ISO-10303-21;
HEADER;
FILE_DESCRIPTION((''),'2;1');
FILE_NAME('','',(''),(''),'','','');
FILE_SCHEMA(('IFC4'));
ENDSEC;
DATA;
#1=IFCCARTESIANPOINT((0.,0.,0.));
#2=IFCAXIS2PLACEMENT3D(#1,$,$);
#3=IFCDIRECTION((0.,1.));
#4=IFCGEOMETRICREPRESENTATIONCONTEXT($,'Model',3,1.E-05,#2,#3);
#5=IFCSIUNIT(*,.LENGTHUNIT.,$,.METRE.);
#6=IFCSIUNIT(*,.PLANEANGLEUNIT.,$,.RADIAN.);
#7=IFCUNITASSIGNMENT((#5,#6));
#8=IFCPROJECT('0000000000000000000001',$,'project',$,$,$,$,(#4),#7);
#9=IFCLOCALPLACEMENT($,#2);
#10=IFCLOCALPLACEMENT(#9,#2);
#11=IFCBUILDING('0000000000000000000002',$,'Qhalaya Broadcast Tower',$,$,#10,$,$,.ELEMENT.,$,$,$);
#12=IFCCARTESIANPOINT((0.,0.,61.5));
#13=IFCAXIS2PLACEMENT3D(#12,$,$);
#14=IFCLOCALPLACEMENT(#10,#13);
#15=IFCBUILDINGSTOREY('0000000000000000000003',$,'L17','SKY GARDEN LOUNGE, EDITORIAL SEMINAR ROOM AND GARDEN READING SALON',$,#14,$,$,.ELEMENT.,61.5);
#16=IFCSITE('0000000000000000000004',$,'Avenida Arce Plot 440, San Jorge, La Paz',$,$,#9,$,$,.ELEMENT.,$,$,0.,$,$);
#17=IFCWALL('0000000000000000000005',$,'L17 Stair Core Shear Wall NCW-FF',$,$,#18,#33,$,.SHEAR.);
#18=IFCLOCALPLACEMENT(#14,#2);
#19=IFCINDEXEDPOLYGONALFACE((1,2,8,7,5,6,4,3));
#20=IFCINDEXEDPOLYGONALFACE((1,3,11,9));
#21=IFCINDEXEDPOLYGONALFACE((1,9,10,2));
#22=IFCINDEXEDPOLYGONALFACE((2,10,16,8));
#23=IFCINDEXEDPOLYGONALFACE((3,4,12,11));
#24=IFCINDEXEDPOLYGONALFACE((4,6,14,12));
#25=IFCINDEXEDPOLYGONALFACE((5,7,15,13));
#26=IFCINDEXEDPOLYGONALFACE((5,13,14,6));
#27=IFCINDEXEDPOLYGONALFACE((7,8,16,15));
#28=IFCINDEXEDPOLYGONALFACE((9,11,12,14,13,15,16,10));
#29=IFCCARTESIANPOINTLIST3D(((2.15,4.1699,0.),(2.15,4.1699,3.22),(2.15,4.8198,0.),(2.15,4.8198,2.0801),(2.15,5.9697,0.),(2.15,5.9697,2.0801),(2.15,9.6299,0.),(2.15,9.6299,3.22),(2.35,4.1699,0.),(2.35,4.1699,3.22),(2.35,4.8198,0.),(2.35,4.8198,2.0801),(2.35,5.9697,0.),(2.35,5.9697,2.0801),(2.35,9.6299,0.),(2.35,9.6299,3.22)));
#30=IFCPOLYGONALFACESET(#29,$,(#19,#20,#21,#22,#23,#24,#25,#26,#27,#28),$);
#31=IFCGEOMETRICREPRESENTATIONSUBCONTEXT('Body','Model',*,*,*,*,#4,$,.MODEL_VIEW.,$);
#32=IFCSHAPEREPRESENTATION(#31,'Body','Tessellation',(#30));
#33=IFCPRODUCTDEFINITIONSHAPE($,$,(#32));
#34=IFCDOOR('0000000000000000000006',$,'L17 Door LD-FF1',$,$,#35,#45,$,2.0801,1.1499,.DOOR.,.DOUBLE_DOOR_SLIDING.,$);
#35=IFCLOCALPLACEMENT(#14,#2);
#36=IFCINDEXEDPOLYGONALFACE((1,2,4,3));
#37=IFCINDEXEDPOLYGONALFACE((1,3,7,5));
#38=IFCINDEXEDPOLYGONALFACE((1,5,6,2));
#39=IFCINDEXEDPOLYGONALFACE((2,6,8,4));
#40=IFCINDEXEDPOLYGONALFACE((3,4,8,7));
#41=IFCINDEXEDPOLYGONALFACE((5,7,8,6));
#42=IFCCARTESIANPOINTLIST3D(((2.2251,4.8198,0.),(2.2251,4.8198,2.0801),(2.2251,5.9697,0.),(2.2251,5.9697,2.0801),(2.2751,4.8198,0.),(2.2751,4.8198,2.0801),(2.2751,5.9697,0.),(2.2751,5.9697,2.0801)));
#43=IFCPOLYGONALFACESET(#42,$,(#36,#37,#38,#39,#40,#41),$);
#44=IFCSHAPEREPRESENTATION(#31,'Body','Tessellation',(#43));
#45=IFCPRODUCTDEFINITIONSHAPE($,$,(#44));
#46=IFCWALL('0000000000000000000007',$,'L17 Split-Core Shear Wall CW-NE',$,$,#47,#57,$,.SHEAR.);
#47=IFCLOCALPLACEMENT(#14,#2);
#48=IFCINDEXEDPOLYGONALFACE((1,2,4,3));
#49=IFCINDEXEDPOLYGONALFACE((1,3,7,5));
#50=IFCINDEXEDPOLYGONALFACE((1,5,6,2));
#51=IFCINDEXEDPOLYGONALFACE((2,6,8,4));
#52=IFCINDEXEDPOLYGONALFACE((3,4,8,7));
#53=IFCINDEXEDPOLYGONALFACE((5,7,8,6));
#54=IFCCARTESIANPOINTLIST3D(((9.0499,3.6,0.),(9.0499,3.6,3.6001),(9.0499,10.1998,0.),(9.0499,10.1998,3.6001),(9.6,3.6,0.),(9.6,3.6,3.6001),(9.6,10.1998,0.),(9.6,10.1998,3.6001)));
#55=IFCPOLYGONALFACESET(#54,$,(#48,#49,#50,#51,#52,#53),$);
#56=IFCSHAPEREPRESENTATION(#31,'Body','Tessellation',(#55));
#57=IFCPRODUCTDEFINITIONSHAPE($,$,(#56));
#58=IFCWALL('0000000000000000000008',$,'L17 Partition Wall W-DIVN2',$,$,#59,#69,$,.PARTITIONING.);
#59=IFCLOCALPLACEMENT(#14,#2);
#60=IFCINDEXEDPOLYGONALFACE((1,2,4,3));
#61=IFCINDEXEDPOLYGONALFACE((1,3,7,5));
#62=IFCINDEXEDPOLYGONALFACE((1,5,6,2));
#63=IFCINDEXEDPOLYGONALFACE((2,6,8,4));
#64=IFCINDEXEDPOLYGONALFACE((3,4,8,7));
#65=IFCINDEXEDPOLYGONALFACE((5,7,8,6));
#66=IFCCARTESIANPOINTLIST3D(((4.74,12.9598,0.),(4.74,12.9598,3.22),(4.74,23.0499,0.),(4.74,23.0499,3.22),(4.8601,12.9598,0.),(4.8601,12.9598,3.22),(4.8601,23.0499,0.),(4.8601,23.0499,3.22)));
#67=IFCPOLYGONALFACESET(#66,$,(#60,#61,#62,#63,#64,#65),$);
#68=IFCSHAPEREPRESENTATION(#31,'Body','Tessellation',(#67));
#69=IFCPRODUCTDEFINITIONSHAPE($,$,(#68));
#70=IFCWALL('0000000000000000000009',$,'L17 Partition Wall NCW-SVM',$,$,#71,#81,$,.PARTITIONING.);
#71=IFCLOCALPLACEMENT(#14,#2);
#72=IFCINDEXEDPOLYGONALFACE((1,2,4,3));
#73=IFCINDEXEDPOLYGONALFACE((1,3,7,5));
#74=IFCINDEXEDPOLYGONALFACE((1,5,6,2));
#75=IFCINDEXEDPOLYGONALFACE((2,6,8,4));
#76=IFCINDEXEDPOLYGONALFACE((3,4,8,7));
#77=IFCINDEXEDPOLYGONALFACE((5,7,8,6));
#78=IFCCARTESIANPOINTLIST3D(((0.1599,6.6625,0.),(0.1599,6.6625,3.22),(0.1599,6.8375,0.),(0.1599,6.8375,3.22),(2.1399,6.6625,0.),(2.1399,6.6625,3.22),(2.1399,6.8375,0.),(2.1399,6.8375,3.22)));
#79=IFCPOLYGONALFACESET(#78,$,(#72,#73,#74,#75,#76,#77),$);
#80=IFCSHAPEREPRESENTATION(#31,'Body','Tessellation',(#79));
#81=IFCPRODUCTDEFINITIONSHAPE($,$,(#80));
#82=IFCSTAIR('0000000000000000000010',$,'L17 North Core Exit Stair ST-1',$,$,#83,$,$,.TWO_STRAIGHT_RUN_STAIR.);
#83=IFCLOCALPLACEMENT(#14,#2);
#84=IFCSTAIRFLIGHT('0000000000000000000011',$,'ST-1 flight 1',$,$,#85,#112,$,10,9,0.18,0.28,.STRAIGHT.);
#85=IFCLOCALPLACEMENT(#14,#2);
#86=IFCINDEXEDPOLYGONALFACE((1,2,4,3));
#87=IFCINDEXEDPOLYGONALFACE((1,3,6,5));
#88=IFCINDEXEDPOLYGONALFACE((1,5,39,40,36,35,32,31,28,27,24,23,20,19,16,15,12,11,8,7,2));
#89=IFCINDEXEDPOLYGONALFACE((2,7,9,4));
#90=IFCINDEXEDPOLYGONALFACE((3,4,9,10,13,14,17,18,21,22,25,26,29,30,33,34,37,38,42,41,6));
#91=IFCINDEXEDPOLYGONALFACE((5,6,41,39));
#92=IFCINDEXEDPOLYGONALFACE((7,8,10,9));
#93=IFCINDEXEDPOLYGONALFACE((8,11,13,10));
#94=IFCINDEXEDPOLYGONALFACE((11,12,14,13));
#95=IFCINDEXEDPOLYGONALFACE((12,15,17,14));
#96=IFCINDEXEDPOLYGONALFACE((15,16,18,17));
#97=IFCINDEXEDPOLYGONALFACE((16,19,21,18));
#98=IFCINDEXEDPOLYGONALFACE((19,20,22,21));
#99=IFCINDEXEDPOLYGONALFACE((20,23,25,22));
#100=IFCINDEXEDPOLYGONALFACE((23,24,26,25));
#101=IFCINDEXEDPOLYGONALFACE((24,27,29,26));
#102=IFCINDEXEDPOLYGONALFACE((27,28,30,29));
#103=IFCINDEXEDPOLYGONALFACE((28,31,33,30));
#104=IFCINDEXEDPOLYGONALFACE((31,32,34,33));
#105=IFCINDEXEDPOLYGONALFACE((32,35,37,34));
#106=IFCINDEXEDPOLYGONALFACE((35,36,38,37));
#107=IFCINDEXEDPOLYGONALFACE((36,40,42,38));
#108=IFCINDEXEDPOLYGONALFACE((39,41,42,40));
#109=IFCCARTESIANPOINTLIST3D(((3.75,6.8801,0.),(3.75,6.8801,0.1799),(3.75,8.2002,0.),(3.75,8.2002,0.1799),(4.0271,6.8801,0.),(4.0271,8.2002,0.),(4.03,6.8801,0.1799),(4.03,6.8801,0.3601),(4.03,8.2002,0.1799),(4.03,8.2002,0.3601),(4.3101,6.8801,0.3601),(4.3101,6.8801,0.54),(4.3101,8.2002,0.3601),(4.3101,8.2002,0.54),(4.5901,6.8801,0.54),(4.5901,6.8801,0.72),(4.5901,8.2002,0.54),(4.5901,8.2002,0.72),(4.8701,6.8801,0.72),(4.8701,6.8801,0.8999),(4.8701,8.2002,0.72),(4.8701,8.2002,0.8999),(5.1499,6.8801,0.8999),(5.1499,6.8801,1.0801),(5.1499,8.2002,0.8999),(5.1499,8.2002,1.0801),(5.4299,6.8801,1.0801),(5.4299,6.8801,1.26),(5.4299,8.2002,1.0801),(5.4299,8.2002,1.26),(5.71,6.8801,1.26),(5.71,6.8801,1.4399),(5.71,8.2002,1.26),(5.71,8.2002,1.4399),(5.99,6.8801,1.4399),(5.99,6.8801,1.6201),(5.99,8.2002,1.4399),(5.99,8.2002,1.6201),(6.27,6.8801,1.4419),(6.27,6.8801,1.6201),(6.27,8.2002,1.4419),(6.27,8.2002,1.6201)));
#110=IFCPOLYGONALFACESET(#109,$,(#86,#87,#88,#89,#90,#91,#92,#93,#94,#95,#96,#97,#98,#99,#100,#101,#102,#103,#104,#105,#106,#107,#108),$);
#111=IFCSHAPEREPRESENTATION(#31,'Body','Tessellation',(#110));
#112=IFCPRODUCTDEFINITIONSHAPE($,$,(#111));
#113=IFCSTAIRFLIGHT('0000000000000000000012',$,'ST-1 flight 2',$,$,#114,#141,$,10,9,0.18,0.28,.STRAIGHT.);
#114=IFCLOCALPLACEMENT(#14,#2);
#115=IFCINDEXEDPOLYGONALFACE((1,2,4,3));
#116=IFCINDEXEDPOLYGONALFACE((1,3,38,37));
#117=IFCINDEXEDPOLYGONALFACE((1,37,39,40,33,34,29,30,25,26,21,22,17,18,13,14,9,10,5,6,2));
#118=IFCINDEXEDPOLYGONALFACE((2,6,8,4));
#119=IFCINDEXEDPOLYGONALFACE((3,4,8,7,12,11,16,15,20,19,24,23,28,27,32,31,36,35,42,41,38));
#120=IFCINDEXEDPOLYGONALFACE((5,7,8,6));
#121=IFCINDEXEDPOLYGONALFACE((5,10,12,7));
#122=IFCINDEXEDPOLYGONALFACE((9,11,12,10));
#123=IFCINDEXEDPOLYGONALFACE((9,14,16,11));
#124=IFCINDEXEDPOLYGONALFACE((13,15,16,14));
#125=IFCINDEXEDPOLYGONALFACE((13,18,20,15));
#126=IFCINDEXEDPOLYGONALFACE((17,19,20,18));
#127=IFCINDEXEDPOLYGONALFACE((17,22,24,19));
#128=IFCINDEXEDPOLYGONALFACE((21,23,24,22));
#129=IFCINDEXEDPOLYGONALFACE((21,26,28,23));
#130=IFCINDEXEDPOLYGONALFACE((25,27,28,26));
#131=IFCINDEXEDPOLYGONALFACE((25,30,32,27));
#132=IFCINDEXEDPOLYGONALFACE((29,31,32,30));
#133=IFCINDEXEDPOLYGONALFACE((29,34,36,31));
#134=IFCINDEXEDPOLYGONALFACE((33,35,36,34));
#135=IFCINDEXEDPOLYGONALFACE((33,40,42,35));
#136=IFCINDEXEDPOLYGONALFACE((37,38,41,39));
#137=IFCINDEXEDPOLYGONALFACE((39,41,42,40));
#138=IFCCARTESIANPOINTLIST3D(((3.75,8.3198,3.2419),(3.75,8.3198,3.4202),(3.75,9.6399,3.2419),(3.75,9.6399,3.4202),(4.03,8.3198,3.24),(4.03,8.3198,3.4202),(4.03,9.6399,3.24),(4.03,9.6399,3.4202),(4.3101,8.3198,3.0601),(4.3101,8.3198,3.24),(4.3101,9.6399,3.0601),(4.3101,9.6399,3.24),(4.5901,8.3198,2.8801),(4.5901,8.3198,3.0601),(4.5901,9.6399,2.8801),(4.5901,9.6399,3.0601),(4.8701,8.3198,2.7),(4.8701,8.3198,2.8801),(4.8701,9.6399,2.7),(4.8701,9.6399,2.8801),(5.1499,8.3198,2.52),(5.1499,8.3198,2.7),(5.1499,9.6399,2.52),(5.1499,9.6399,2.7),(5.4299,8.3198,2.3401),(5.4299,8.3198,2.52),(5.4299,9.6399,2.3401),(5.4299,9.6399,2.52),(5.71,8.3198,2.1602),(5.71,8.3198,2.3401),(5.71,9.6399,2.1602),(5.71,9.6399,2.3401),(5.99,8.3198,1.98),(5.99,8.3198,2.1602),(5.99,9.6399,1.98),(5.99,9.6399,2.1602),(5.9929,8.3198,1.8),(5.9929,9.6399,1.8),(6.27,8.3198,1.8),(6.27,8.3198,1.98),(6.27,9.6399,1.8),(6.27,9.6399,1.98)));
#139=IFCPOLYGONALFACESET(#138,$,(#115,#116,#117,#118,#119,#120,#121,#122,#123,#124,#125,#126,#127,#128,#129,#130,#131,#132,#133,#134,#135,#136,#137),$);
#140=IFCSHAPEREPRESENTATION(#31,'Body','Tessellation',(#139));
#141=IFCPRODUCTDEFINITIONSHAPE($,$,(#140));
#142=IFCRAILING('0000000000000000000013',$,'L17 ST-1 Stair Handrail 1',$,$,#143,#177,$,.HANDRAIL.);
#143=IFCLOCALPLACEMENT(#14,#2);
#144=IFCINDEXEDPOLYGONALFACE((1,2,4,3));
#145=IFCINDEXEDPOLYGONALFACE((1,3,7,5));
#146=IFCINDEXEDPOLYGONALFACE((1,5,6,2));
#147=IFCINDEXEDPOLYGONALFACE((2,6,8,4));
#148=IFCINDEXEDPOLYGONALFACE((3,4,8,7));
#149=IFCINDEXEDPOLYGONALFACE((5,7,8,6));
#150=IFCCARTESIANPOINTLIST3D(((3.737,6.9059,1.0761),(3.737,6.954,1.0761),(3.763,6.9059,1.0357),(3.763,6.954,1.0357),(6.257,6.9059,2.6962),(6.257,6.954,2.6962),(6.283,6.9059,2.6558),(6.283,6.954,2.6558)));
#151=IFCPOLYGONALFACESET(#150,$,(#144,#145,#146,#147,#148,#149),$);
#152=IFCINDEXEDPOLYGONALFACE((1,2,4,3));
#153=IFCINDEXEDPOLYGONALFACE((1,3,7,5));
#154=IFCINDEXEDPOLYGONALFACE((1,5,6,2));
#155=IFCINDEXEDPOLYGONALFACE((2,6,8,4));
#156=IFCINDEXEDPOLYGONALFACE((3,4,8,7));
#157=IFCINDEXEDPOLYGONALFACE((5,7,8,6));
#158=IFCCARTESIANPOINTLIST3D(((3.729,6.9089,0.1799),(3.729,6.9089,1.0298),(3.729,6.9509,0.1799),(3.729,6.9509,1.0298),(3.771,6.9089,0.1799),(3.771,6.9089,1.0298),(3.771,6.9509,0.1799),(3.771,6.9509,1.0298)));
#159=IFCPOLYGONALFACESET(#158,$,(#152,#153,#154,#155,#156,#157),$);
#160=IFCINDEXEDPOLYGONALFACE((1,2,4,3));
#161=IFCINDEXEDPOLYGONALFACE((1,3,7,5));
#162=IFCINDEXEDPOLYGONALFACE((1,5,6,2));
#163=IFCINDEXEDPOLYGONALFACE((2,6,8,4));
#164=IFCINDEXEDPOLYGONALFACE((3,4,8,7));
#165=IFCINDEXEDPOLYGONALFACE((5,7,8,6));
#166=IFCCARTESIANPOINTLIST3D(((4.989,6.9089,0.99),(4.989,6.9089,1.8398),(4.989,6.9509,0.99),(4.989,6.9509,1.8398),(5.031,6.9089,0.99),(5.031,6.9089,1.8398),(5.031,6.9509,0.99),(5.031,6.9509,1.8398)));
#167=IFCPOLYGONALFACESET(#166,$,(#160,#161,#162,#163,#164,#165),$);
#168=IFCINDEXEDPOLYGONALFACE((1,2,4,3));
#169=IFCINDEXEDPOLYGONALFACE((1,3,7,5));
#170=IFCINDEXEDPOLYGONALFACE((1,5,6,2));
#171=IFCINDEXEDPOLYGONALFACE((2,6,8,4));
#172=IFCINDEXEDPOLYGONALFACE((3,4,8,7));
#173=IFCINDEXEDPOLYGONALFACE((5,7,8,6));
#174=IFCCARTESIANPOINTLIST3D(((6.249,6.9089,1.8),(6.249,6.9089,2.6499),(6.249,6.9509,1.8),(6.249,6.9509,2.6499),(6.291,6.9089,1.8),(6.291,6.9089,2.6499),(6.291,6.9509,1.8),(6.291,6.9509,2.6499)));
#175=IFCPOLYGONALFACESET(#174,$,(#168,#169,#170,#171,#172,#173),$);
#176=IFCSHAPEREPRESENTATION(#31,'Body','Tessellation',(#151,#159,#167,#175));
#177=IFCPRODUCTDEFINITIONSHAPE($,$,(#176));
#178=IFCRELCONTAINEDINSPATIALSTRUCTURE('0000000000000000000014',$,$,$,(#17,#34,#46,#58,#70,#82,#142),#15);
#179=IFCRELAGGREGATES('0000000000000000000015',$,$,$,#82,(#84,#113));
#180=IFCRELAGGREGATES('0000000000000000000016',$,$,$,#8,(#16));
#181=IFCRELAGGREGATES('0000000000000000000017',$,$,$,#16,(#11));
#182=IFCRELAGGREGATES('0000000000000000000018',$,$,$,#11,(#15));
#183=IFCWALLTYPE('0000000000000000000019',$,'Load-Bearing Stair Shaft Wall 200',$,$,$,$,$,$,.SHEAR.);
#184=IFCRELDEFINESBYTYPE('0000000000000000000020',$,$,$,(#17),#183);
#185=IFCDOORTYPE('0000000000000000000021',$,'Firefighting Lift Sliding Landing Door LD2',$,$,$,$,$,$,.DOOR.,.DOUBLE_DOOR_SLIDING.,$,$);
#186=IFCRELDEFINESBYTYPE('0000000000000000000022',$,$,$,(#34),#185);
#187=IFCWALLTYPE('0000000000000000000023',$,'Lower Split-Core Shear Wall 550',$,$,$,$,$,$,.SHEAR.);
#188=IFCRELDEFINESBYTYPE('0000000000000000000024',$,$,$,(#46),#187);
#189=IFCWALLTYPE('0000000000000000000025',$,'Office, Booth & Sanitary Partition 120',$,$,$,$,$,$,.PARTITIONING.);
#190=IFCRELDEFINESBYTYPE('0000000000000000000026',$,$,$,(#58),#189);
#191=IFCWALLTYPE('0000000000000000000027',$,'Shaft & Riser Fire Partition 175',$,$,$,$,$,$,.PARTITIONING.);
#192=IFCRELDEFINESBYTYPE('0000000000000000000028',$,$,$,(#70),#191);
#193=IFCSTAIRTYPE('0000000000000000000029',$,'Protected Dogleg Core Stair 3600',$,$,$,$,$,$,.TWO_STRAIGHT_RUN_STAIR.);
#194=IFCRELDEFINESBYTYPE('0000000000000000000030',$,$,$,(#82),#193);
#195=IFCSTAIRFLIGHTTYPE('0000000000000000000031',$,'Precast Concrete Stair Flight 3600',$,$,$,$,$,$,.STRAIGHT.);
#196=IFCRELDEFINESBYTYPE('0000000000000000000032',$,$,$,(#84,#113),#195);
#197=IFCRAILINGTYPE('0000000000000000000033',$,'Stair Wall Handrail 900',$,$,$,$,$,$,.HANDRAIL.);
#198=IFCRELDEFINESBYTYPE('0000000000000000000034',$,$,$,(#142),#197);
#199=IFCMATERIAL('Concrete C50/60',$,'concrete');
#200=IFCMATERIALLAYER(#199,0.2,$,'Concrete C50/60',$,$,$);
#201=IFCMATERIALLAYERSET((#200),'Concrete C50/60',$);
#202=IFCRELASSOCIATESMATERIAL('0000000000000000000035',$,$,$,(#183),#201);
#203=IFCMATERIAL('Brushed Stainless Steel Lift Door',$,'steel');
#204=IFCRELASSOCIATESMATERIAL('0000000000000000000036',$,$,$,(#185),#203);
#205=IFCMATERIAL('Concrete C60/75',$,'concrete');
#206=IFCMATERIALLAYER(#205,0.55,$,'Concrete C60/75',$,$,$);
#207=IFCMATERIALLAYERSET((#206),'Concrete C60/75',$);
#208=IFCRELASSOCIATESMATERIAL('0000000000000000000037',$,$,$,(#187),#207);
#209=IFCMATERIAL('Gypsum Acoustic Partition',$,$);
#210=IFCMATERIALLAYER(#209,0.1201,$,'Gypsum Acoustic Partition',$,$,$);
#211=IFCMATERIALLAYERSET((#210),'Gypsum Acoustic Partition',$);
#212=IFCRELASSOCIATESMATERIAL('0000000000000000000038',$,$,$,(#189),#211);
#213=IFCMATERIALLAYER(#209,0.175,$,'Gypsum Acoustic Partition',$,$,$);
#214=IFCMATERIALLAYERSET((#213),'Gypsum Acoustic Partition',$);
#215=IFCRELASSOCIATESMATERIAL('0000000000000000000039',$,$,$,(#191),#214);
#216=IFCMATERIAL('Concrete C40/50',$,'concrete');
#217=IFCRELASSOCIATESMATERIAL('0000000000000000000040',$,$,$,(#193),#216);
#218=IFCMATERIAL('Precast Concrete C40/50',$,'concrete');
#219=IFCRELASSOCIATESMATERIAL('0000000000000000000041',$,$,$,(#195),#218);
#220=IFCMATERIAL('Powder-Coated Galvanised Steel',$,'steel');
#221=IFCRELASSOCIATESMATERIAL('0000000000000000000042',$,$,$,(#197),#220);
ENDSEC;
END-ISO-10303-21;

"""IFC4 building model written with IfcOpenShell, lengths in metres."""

from ifc_helpers import new_model, si_unit, direction, frame, frame_2d, origin, origin_2d, place, context, subcontext, project, spatial, polyline, rectangle, outline, extrude, material, layer, layer_set, type_object, element, fill, aggregate, save


model = new_model("IFC4")

# Units and contexts
model_context = context("Model", 3, precision=1e-05, world=origin(), true_north=direction((0.0, 1.0)))
body_context = subcontext(model_context, "Body", "Model", "MODEL_VIEW")
ifc_project = project(units=[si_unit("LENGTHUNIT", "METRE"), si_unit("PLANEANGLEUNIT", "RADIAN")], contexts=[model_context])

# Site, building, storey
site_placement = place(None, origin())
site = spatial("IfcSite", under=ifc_project, at=site_placement, Name="Avenida Arce Plot 440, San Jorge, La Paz", CompositionType="ELEMENT", RefElevation=0.0)
building_placement = place(site_placement, origin())
building = spatial("IfcBuilding", under=site, at=building_placement, Name="Qhalaya Broadcast Tower", CompositionType="ELEMENT")
storey_placement = place(building_placement, frame((0.0, 0.0, 61.5)))
storey = spatial("IfcBuildingStorey", under=building, at=storey_placement, Name="L17", Description="SKY GARDEN LOUNGE, EDITORIAL SEMINAR ROOM AND GARDEN READING SALON", CompositionType="ELEMENT", Elevation=61.5)

# Shared definitions
ifc_material_1 = material(Name="Concrete C50/60", Category="concrete")

# Wall, opening, door
ifc_material_2 = material(Name="Gypsum Acoustic Partition")
ifc_layer_1 = layer(ifc_material_1, 0.2, Name="Concrete C50/60")
ifc_layer_set_1 = layer_set([ifc_layer_1], Name="Concrete C50/60")
wall_type_1 = type_object("IfcWallType", Name="Load-Bearing Stair Shaft Wall 200", PredefinedType="SHEAR", material=ifc_layer_set_1)
wall_1_placement = place(storey_placement, frame((2.25, 4.1699, 0.0), z_axis=(0.0, 0.0, 1.0), x_axis=(0.0, 1.0, 0.0)))
wall_1 = element("IfcWall", 1, at=wall_1_placement, inside=storey, type_object=wall_type_1, Name="L17 Stair Core Shear Wall NCW-FF", PredefinedType="SHEAR", context=body_context, shape_type="SweptSolid", body=[
    extrude(rectangle(XDim=5.46, YDim=0.2, at=frame_2d((2.73, 0.0))), origin(), (0.0, 0.0, 1.0), 3.22),
])
opening_1_placement = place(wall_1_placement, frame((0.6499, 0.0, 0.0)))
opening_1 = element("IfcOpeningElement", 2, at=opening_1_placement, cuts=wall_1, PredefinedType="OPENING", context=body_context, shape_type="SweptSolid", body=[
    extrude(rectangle(XDim=1.1499, YDim=2.0801, at=frame_2d((0.575, 1.04))), frame((0.0, 0.1121, 0.0), z_axis=(0.0, -1.0, 0.0), x_axis=(1.0, 0.0, 0.0)), (0.0, 0.0, 1.0), 0.2239),
])
ifc_material_3 = material(Name="Brushed Stainless Steel Lift Door", Category="steel")
door_type_1 = type_object("IfcDoorType", Name="Firefighting Lift Sliding Landing Door LD2", OperationType="DOUBLE_DOOR_SLIDING", PredefinedType="DOOR", material=ifc_material_3)
door_1_placement = place(opening_1_placement, origin())
door_1 = element("IfcDoor", 3, at=door_1_placement, inside=storey, type_object=door_type_1, Name="L17 Door LD-FF1", OperationType="DOUBLE_DOOR_SLIDING", OverallHeight=2.0801, OverallWidth=1.1499, PredefinedType="DOOR", context=body_context, shape_type="SweptSolid", body=[
    extrude(rectangle(XDim=1.1499, YDim=2.0801, at=frame_2d((0.575, 1.04))), frame((0.0, 0.0249, 0.0), z_axis=(0.0, -1.0, 0.0), x_axis=(1.0, 0.0, 0.0)), (0.0, 0.0, 1.0), 0.05),
])
fill(opening_1, door_1)

# Walls
ifc_material_4 = material(Name="Concrete C60/75", Category="concrete")
ifc_layer_2 = layer(ifc_material_4, 0.55, Name="Concrete C60/75")
ifc_layer_set_2 = layer_set([ifc_layer_2], Name="Concrete C60/75")
wall_type_2 = type_object("IfcWallType", Name="Lower Split-Core Shear Wall 550", PredefinedType="SHEAR", material=ifc_layer_set_2)
wall_2_placement = place(storey_placement, frame((9.325, 3.6001, 0.0), z_axis=(0.0, 0.0, 1.0), x_axis=(0.0, 1.0, 0.0)))
element("IfcWall", 4, at=wall_2_placement, inside=storey, type_object=wall_type_2, Name="L17 Split-Core Shear Wall CW-NE", PredefinedType="SHEAR", context=body_context, shape_type="SweptSolid", body=[
    extrude(rectangle(XDim=6.5999, YDim=0.55, at=frame_2d((3.2998, 0.0))), origin(), (0.0, 0.0, 1.0), 3.6001),
])
ifc_layer_3 = layer(ifc_material_2, 0.1201, Name="Gypsum Acoustic Partition")
ifc_layer_set_3 = layer_set([ifc_layer_3], Name="Gypsum Acoustic Partition")
wall_type_3 = type_object("IfcWallType", Name="Office, Booth & Sanitary Partition 120", PredefinedType="PARTITIONING", material=ifc_layer_set_3)
wall_3_placement = place(storey_placement, frame((4.8, 12.96, 0.0), z_axis=(0.0, 0.0, 1.0), x_axis=(0.0, 1.0, 0.0)))
element("IfcWall", 5, at=wall_3_placement, inside=storey, type_object=wall_type_3, Name="L17 Partition Wall W-DIVN2", PredefinedType="PARTITIONING", context=body_context, shape_type="SweptSolid", body=[
    extrude(rectangle(XDim=10.0901, YDim=0.1201, at=frame_2d((5.0449, 0.0))), origin(), (0.0, 0.0, 1.0), 3.22),
])

# Shared definitions
ifc_layer_4 = layer(ifc_material_2, 0.175, Name="Gypsum Acoustic Partition")
ifc_layer_set_4 = layer_set([ifc_layer_4], Name="Gypsum Acoustic Partition")
wall_type_4 = type_object("IfcWallType", Name="Shaft & Riser Fire Partition 175", PredefinedType="PARTITIONING", material=ifc_layer_set_4)

# Wall
wall_4_placement = place(storey_placement, frame((0.1599, 6.75, 0.0), z_axis=(0.0, 0.0, 1.0), x_axis=(1.0, 0.0, 0.0)))
element("IfcWall", 6, at=wall_4_placement, inside=storey, type_object=wall_type_4, Name="L17 Partition Wall NCW-SVM", PredefinedType="PARTITIONING", context=body_context, shape_type="SweptSolid", body=[
    extrude(rectangle(XDim=1.98, YDim=0.175, at=frame_2d((0.99, 0.0))), origin(), (0.0, 0.0, 1.0), 3.22),
])

# Stair, stair flights
ifc_material_5 = material(Name="Concrete C40/50", Category="concrete")
stair_type = type_object("IfcStairType", Name="Protected Dogleg Core Stair 3600", PredefinedType="TWO_STRAIGHT_RUN_STAIR", material=ifc_material_5)
stair_placement = place(storey_placement, origin())
stair = element("IfcStair", 7, at=stair_placement, inside=storey, type_object=stair_type, Name="L17 North Core Exit Stair ST-1", PredefinedType="TWO_STRAIGHT_RUN_STAIR")
ifc_material_6 = material(Name="Precast Concrete C40/50", Category="concrete")
stair_flight_type = type_object("IfcStairFlightType", Name="Precast Concrete Stair Flight 3600", PredefinedType="STRAIGHT", material=ifc_material_6)
stair_flight_1_placement = place(storey_placement, frame((3.75, 7.54, 0.0), z_axis=(0.0, 0.0, 1.0), x_axis=(1.0, 0.0, 0.0)))
stair_flight_1 = element("IfcStairFlight", 8, at=stair_flight_1_placement, type_object=stair_flight_type, Name="ST-1 flight 1", NumberOfRisers=10, NumberOfTreads=9, PredefinedType="STRAIGHT", RiserHeight=0.18, TreadLength=0.28, context=body_context, shape_type="SweptSolid", body=[
    extrude(outline(polyline([(0.0, 0.0), (0.0, 0.1799), (0.28, 0.1799), (0.28, 0.3601), (0.5601, 0.3601), (0.5601, 0.54), (0.8401, 0.54), (0.8401, 0.72), (1.1201, 0.72), (1.1201, 0.8999), (1.3999, 0.8999), (1.3999, 1.0801), (1.6799, 1.0801), (1.6799, 1.26), (1.96, 1.26), (1.96, 1.4399), (2.24, 1.4399), (2.24, 1.6201), (2.52, 1.6201), (2.52, 1.8), (2.52, 1.4419), (0.2771, 0.0), (0.0, 0.0)])), frame((0.0, 0.6602, 0.0), z_axis=(0.0, -1.0, 0.0), x_axis=(1.0, 0.0, 0.0)), (0.0, 0.0, 1.0), 1.3201),
])
stair_flight_2_placement = place(storey_placement, frame((6.27, 8.98, 1.8), z_axis=(0.0, 0.0, 1.0), x_axis=(-1.0, 0.0, 0.0)))
stair_flight_2 = element("IfcStairFlight", 9, at=stair_flight_2_placement, type_object=stair_flight_type, Name="ST-1 flight 2", NumberOfRisers=10, NumberOfTreads=9, PredefinedType="STRAIGHT", RiserHeight=0.18, TreadLength=0.28, context=body_context, shape_type="SweptSolid", body=[
    extrude(outline(polyline([(0.0, 0.0), (0.0, 0.1799), (0.28, 0.1799), (0.28, 0.3601), (0.5601, 0.3601), (0.5601, 0.54), (0.8401, 0.54), (0.8401, 0.72), (1.1201, 0.72), (1.1201, 0.8999), (1.3999, 0.8999), (1.3999, 1.0801), (1.6799, 1.0801), (1.6799, 1.26), (1.96, 1.26), (1.96, 1.4399), (2.24, 1.4399), (2.24, 1.6201), (2.52, 1.6201), (2.52, 1.8), (2.52, 1.4419), (0.2771, 0.0), (0.0, 0.0)])), frame((0.0, 0.6602, 0.0), z_axis=(0.0, -1.0, 0.0), x_axis=(1.0, 0.0, 0.0)), (0.0, 0.0, 1.0), 1.3201),
])
aggregate(stair, [stair_flight_1, stair_flight_2])

# Railing
ifc_material_7 = material(Name="Powder-Coated Galvanised Steel", Category="steel")
railing_type_1 = type_object("IfcRailingType", Name="Stair Wall Handrail 900", PredefinedType="HANDRAIL", material=ifc_material_7)
railing_1_placement = place(storey_placement, frame((3.75, 6.9299, 0.1799)))
element("IfcRailing", 10, at=railing_1_placement, inside=storey, type_object=railing_type_1, Name="L17 ST-1 Stair Handrail 1", PredefinedType="HANDRAIL", context=body_context, shape_type="SweptSolid", body=[
    extrude(rectangle(XDim=0.0481, YDim=0.0481, at=origin_2d()), frame((0.0, 0.0, 0.876), z_axis=(0.841163, 0.0, 0.540782), x_axis=(0.0, 1.0, 0.0)), (0.0, 0.0, 1.0), 2.9958),
    extrude(rectangle(XDim=0.042, YDim=0.042, at=origin_2d()), origin(), (0.0, 0.0, 1.0), 0.8499),
    extrude(rectangle(XDim=0.042, YDim=0.042, at=origin_2d()), frame((1.26, 0.0, 0.8101)), (0.0, 0.0, 1.0), 0.8499),
    extrude(rectangle(XDim=0.042, YDim=0.042, at=origin_2d()), frame((2.52, 0.0, 1.6201)), (0.0, 0.0, 1.0), 0.8499),
])

save(model, "model.ifc")
